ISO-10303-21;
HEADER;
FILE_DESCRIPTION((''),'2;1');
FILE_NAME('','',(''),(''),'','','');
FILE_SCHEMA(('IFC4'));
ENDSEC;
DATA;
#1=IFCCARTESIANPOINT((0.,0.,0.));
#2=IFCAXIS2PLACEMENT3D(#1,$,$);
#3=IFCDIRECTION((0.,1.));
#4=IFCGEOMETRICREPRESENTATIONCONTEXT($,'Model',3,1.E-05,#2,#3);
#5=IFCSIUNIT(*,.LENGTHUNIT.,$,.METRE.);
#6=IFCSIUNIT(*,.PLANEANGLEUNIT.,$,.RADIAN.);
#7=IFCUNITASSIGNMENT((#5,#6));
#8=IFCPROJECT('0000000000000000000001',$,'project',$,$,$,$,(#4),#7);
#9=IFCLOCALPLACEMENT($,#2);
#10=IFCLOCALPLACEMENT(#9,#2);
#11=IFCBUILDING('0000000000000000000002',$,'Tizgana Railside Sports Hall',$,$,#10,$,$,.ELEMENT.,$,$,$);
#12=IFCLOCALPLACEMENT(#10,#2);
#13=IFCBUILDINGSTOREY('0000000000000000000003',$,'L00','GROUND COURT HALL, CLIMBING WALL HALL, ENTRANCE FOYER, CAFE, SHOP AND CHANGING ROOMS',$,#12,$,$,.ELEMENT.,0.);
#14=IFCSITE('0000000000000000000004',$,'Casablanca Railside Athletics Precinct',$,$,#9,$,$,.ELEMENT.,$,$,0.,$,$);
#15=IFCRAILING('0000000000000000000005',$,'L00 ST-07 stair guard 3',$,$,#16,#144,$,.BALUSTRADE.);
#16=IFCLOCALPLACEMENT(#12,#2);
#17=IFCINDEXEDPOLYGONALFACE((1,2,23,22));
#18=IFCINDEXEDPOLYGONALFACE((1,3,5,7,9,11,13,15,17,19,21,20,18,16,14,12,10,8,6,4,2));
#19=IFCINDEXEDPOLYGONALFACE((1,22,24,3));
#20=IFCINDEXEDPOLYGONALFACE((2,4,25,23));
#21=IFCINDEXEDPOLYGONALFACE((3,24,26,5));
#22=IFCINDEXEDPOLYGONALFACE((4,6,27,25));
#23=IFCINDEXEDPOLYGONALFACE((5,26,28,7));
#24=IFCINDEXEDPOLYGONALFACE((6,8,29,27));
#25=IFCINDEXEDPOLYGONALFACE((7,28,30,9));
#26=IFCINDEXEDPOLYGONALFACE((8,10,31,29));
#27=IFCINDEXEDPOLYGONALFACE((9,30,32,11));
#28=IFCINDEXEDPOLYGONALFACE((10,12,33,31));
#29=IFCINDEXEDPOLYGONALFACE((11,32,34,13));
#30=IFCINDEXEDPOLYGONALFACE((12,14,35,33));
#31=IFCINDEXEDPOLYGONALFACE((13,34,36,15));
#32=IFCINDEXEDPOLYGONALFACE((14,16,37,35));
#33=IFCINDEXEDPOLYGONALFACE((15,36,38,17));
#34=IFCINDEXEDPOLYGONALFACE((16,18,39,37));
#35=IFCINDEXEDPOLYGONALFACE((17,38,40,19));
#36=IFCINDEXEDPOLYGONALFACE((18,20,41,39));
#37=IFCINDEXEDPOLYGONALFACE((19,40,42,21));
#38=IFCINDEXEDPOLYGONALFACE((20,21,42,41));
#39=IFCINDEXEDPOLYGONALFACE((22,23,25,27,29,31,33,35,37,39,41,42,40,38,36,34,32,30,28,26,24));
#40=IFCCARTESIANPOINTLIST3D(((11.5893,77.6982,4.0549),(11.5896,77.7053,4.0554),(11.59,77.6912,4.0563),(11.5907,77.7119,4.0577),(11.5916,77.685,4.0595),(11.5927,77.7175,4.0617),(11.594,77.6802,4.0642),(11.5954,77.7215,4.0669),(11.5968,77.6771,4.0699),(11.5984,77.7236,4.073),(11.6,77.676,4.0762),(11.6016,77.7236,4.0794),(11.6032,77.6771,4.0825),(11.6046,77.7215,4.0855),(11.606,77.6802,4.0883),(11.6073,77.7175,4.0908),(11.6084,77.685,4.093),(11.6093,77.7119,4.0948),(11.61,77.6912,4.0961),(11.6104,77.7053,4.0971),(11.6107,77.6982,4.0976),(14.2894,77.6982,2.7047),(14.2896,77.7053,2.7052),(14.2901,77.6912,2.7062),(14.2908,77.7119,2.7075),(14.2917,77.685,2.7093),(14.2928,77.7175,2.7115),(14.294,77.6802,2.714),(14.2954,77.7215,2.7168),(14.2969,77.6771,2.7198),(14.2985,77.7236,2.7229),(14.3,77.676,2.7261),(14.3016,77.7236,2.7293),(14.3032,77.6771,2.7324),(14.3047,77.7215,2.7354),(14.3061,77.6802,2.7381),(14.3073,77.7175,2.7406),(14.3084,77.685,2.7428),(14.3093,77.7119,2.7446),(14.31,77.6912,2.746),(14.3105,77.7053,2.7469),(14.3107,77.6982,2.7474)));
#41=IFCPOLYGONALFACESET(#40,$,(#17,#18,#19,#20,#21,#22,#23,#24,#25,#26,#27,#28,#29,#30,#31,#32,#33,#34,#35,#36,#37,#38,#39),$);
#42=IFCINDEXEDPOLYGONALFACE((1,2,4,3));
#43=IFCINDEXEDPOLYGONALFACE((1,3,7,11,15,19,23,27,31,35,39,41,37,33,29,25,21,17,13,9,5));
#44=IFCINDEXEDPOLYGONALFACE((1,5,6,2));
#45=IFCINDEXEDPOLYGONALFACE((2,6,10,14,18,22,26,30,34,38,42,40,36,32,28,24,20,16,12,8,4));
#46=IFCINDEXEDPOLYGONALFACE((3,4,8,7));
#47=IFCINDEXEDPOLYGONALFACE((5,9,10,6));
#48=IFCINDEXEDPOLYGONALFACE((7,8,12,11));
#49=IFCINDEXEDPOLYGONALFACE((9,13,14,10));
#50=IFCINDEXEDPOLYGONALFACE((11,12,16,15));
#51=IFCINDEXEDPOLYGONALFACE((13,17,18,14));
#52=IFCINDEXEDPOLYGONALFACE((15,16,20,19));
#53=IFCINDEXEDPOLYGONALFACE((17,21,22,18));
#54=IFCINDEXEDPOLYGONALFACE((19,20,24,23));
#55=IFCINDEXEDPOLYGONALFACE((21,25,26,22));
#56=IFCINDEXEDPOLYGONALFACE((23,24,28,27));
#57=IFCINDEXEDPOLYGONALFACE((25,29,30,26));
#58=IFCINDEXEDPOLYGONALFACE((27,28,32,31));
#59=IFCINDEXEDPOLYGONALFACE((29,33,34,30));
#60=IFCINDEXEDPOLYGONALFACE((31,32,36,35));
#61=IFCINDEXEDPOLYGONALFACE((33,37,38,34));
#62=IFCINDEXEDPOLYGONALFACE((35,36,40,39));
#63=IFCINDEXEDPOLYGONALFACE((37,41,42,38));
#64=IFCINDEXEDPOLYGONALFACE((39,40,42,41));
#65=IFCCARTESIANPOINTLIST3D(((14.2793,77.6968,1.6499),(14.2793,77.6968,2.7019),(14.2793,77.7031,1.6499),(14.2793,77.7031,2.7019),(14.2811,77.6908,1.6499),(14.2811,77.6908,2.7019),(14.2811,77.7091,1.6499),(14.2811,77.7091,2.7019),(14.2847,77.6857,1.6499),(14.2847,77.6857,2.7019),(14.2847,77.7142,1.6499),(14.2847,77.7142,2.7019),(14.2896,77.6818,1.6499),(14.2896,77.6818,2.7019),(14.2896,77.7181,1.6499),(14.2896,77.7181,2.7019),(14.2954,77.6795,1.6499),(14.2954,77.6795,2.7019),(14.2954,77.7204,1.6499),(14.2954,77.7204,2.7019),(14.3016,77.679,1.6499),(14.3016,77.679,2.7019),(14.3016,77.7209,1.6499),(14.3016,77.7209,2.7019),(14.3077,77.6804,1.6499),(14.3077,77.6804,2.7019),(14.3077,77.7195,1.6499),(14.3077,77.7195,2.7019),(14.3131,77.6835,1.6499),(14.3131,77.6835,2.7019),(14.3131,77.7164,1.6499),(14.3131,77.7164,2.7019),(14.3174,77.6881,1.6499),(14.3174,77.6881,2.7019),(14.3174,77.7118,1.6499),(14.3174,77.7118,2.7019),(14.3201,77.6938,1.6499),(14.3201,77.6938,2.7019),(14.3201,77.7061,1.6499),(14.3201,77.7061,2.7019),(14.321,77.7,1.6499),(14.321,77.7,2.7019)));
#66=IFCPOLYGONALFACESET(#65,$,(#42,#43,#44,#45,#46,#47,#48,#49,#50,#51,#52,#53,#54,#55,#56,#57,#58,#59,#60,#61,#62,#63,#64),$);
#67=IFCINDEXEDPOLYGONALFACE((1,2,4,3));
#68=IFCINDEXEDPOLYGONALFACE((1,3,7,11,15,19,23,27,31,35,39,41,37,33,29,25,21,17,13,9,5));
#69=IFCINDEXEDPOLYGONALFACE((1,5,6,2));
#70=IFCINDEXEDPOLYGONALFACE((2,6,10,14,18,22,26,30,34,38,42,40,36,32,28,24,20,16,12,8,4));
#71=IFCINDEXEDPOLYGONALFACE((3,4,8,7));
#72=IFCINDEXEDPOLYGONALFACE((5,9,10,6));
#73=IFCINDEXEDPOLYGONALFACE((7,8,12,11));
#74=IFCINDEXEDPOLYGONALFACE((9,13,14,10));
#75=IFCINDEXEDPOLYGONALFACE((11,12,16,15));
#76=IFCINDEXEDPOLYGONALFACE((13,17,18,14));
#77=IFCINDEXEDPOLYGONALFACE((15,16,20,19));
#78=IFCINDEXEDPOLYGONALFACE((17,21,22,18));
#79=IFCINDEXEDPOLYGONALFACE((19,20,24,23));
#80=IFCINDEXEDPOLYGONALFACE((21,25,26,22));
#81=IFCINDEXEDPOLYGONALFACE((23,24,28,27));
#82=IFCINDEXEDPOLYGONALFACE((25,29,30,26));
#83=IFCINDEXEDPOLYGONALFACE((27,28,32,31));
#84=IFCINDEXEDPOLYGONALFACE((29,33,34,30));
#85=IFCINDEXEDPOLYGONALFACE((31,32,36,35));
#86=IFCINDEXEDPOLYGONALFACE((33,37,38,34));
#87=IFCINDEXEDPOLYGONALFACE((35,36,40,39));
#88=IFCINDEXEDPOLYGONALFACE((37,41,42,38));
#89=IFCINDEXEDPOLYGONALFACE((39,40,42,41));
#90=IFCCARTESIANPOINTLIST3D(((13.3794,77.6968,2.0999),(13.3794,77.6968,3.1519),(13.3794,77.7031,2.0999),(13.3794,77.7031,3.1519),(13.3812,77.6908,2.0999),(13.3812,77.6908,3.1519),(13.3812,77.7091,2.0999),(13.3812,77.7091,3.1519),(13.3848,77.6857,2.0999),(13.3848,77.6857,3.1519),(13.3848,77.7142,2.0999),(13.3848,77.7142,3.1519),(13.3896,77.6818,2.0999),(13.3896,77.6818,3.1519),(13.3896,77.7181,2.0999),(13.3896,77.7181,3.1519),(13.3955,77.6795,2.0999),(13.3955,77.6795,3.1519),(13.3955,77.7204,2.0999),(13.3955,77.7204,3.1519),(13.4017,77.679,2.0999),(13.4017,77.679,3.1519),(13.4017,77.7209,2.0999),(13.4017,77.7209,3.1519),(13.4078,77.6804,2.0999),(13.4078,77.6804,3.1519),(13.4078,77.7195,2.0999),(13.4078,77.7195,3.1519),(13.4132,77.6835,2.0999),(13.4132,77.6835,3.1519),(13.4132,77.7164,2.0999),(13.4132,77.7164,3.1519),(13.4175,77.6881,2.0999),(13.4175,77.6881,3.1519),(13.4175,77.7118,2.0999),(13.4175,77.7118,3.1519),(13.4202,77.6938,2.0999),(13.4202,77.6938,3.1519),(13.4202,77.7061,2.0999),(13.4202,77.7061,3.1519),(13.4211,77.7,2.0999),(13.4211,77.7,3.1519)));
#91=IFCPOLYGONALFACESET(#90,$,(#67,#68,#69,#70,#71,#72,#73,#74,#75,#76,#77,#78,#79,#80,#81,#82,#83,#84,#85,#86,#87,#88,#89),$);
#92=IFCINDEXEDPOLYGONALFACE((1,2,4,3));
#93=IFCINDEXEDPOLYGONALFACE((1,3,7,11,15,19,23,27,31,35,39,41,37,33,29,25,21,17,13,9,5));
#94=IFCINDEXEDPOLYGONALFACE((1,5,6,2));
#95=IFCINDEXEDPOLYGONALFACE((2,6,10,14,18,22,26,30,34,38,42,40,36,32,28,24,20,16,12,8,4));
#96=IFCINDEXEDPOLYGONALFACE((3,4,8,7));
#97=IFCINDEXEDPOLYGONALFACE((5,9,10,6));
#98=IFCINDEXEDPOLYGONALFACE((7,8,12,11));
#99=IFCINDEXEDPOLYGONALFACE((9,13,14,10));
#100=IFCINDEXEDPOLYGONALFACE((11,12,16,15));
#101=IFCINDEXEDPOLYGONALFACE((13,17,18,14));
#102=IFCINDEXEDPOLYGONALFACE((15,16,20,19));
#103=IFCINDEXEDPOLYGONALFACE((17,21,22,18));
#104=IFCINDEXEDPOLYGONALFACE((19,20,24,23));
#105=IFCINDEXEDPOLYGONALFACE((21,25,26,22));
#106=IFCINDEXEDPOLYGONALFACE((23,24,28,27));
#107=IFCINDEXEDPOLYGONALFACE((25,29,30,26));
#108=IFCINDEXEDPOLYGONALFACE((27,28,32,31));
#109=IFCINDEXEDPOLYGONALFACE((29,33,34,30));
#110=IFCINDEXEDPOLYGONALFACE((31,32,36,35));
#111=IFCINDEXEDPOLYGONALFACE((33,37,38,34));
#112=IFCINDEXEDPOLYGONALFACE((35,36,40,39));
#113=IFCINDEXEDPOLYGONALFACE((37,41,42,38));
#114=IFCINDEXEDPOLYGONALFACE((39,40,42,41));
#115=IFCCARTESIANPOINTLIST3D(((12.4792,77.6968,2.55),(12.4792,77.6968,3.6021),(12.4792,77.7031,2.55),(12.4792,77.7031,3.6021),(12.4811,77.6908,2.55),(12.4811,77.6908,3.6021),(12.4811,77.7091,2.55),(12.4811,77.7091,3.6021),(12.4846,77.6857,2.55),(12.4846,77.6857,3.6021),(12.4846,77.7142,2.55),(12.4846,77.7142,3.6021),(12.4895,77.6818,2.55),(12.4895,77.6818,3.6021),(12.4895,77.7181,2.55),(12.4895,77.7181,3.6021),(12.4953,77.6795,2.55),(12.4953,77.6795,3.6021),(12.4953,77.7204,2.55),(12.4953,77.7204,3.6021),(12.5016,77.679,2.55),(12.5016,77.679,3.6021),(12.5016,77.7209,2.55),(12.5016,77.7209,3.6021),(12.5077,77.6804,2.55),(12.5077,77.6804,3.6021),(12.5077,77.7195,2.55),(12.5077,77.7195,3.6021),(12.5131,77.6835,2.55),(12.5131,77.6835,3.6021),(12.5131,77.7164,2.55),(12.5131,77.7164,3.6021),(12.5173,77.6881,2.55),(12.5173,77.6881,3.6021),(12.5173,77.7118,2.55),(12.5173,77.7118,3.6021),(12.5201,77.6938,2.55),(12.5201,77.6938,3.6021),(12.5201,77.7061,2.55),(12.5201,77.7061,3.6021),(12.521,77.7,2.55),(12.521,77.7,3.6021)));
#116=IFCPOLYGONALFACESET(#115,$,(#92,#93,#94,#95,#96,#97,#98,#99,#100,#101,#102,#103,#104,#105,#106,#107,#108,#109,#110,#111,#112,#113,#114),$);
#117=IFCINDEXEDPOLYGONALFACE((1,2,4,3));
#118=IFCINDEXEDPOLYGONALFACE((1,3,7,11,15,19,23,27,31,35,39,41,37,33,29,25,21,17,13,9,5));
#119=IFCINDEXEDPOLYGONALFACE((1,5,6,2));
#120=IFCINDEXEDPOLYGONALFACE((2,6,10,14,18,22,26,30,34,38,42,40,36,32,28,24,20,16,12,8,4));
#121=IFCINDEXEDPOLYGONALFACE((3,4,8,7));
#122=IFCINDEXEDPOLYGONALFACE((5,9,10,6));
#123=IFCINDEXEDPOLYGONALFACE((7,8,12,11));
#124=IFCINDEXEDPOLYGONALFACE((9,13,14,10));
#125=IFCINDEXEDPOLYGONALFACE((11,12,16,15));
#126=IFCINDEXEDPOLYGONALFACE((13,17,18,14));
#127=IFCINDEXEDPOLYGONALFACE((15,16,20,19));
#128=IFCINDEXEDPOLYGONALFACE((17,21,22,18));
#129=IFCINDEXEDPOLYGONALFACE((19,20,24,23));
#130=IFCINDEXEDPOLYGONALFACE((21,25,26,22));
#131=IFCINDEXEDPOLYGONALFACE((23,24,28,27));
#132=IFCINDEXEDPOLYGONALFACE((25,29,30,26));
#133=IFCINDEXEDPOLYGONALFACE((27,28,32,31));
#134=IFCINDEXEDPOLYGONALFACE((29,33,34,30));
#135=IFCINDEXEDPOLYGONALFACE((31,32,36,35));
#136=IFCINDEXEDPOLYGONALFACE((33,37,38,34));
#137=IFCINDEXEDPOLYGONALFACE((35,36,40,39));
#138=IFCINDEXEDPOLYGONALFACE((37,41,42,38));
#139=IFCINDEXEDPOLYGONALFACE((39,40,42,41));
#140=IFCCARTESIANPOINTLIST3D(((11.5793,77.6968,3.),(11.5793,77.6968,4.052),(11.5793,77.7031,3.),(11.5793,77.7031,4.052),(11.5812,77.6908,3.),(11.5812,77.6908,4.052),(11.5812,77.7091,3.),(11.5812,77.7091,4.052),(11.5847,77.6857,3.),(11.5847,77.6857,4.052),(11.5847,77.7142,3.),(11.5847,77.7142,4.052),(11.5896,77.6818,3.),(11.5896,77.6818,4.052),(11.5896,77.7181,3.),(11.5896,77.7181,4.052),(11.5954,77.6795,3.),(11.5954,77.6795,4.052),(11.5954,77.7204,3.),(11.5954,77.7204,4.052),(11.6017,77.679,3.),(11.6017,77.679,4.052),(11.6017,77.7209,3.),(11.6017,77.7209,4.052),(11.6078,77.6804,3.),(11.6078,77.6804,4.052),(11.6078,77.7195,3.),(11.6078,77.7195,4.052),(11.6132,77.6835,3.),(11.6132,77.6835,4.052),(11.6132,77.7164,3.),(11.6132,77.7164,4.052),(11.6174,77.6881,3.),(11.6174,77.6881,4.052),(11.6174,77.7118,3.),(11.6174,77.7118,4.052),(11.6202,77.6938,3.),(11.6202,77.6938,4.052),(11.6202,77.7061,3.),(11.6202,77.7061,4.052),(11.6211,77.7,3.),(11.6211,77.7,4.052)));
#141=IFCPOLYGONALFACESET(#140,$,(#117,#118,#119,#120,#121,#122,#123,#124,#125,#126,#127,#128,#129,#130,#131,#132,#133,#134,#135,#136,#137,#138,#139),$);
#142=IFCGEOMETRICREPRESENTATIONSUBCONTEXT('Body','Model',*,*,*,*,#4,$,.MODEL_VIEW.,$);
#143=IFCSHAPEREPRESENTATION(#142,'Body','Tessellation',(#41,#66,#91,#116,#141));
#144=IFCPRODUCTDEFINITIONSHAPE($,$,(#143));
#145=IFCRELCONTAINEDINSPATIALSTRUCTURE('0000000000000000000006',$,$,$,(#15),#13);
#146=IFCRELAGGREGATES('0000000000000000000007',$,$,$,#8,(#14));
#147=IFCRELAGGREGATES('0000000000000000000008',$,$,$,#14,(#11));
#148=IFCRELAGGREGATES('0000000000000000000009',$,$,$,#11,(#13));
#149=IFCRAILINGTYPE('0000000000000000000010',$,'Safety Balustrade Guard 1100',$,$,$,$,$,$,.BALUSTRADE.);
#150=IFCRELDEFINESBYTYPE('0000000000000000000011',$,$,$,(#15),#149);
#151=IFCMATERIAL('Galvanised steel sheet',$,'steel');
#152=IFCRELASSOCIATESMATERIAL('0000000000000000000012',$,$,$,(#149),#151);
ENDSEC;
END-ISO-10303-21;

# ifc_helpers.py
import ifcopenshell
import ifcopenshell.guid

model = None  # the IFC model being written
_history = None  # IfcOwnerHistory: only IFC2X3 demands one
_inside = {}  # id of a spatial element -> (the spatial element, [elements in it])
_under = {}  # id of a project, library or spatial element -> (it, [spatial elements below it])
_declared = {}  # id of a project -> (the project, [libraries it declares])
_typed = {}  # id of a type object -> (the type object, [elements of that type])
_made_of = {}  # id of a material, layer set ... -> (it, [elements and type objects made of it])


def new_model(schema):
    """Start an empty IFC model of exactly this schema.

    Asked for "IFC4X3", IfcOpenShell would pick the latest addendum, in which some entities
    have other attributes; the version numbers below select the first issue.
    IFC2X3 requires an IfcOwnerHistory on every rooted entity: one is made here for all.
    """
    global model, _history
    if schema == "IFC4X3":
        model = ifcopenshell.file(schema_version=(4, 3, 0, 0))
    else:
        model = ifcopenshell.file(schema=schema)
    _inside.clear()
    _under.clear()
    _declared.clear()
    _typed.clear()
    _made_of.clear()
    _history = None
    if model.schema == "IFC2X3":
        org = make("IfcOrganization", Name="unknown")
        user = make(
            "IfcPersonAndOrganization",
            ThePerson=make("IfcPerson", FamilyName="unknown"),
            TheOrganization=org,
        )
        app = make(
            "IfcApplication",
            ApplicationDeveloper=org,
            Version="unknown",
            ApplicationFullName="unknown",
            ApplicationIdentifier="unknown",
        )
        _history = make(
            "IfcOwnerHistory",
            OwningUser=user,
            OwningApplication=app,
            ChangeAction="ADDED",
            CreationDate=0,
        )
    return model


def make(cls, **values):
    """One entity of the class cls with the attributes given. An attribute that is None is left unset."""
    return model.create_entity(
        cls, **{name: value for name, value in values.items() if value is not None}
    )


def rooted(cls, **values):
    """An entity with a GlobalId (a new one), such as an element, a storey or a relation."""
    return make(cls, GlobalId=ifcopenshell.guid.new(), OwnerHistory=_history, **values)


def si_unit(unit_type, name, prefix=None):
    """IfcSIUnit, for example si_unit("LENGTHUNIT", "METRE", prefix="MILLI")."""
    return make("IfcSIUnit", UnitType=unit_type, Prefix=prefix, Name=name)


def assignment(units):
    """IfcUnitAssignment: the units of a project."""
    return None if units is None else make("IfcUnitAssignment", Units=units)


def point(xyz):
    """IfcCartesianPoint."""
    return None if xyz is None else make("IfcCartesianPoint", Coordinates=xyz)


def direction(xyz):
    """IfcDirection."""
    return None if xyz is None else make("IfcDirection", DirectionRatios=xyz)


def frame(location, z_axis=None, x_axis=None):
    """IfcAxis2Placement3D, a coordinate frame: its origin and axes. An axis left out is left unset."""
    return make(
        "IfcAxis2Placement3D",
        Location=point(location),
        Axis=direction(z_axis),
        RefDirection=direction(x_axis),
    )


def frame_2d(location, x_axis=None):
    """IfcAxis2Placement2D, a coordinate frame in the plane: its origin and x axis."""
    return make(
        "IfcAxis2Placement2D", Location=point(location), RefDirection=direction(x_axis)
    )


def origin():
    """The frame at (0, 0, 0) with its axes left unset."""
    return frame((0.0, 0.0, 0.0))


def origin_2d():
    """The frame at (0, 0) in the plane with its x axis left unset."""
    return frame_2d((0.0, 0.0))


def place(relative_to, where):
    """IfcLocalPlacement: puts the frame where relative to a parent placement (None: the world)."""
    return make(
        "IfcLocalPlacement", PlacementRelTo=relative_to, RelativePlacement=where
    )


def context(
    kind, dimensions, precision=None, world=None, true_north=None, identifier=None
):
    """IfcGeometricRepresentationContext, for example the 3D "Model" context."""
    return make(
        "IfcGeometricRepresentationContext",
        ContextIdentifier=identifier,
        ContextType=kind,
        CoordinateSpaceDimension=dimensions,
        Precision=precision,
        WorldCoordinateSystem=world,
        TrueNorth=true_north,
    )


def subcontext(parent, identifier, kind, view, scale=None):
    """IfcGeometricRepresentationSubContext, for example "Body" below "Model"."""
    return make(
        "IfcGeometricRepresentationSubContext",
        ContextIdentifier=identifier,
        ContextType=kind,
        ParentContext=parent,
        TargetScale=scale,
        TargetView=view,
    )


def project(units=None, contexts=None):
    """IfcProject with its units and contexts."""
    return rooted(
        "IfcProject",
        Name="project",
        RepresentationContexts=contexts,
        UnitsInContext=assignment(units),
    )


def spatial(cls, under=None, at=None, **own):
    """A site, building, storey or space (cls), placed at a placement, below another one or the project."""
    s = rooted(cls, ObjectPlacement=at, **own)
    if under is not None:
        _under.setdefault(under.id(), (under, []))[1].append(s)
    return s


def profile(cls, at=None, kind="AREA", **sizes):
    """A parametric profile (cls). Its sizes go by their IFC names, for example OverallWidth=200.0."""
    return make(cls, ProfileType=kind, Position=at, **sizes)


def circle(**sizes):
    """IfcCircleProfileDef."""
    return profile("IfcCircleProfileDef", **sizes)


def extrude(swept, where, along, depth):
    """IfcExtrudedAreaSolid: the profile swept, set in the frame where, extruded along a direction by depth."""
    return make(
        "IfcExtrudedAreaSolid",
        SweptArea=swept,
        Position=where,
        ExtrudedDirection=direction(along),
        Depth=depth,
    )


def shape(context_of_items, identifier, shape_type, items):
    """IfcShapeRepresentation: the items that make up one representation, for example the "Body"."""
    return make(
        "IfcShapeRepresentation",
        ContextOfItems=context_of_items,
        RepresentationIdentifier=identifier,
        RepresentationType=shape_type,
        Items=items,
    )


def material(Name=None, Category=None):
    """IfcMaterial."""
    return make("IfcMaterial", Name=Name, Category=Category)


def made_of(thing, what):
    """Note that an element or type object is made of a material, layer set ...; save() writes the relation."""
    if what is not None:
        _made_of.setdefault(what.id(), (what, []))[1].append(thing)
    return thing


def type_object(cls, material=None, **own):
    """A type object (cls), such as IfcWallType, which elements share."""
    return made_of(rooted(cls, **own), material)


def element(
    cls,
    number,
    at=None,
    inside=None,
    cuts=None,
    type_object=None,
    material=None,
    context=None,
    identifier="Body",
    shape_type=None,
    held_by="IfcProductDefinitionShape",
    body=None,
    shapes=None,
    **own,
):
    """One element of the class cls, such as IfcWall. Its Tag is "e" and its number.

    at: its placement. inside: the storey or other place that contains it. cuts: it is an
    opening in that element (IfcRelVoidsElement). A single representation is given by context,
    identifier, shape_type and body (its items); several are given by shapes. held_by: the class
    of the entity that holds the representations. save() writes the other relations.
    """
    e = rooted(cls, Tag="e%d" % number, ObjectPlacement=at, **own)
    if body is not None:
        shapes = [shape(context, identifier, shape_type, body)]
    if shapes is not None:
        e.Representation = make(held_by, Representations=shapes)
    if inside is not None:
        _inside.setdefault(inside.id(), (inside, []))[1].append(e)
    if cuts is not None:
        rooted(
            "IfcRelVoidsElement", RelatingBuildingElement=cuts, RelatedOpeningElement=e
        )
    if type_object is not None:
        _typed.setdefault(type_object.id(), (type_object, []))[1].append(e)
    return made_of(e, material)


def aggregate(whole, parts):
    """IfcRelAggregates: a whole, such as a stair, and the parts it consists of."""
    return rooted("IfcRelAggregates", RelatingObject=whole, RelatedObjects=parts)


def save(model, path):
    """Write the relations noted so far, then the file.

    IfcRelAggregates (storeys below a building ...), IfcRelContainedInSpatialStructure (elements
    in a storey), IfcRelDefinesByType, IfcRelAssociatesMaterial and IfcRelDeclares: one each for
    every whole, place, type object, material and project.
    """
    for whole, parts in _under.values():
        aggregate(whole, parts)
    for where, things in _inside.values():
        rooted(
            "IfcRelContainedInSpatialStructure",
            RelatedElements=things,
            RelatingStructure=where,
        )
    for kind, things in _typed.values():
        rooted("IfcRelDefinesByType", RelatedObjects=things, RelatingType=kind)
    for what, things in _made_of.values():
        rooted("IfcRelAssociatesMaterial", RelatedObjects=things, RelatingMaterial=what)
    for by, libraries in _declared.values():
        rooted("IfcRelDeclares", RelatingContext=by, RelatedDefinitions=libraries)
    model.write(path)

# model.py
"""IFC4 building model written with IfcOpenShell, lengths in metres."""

from ifc_helpers import new_model, si_unit, direction, frame, origin, origin_2d, place, context, subcontext, project, spatial, circle, extrude, material, type_object, element, save


model = new_model("IFC4")

# Units and contexts
model_context = context("Model", 3, precision=1e-05, world=origin(), true_north=direction((0.0, 1.0)))
body_context = subcontext(model_context, "Body", "Model", "MODEL_VIEW")
ifc_project = project(units=[si_unit("LENGTHUNIT", "METRE"), si_unit("PLANEANGLEUNIT", "RADIAN")], contexts=[model_context])

# Site, building, storey
site_placement = place(None, origin())
site = spatial("IfcSite", under=ifc_project, at=site_placement, Name="Casablanca Railside Athletics Precinct", CompositionType="ELEMENT", RefElevation=0.0)
building_placement = place(site_placement, origin())
building = spatial("IfcBuilding", under=site, at=building_placement, Name="Tizgana Railside Sports Hall", CompositionType="ELEMENT")
storey_placement = place(building_placement, origin())
storey = spatial("IfcBuildingStorey", under=building, at=storey_placement, Name="L00", Description="GROUND COURT HALL, CLIMBING WALL HALL, ENTRANCE FOYER, CAFE, SHOP AND CHANGING ROOMS", CompositionType="ELEMENT", Elevation=0.0)

# Railing
ifc_material_1 = material(Name="Galvanised steel sheet", Category="steel")
railing_type_1 = type_object("IfcRailingType", Name="Safety Balustrade Guard 1100", PredefinedType="BALUSTRADE", material=ifc_material_1)
railing_1_placement = place(storey_placement, frame((14.3, 77.7, 1.6499)))
element("IfcRailing", 1, at=railing_1_placement, inside=storey, type_object=railing_type_1, Name="L00 ST-07 stair guard 3", PredefinedType="BALUSTRADE", context=body_context, shape_type="SweptSolid", body=[
    extrude(circle(Radius=0.0239, at=origin_2d()), frame((0.0, 0.0, 1.0762), z_axis=(-0.894411, 0.0, 0.447246), x_axis=(0.0, -1.0, 0.0)), (0.0, 0.0, 1.0), 3.0188),
    extrude(circle(Radius=0.021, at=origin_2d()), origin(), (0.0, 0.0, 1.0), 1.052),
    extrude(circle(Radius=0.021, at=origin_2d()), frame((-0.8999, 0.0, 0.45)), (0.0, 0.0, 1.0), 1.052),
    extrude(circle(Radius=0.021, at=origin_2d()), frame((-1.8, 0.0, 0.9001)), (0.0, 0.0, 1.0), 1.052),
    extrude(circle(Radius=0.021, at=origin_2d()), frame((-2.7, 0.0, 1.3501)), (0.0, 0.0, 1.0), 1.052),
])

save(model, "model.ifc")
